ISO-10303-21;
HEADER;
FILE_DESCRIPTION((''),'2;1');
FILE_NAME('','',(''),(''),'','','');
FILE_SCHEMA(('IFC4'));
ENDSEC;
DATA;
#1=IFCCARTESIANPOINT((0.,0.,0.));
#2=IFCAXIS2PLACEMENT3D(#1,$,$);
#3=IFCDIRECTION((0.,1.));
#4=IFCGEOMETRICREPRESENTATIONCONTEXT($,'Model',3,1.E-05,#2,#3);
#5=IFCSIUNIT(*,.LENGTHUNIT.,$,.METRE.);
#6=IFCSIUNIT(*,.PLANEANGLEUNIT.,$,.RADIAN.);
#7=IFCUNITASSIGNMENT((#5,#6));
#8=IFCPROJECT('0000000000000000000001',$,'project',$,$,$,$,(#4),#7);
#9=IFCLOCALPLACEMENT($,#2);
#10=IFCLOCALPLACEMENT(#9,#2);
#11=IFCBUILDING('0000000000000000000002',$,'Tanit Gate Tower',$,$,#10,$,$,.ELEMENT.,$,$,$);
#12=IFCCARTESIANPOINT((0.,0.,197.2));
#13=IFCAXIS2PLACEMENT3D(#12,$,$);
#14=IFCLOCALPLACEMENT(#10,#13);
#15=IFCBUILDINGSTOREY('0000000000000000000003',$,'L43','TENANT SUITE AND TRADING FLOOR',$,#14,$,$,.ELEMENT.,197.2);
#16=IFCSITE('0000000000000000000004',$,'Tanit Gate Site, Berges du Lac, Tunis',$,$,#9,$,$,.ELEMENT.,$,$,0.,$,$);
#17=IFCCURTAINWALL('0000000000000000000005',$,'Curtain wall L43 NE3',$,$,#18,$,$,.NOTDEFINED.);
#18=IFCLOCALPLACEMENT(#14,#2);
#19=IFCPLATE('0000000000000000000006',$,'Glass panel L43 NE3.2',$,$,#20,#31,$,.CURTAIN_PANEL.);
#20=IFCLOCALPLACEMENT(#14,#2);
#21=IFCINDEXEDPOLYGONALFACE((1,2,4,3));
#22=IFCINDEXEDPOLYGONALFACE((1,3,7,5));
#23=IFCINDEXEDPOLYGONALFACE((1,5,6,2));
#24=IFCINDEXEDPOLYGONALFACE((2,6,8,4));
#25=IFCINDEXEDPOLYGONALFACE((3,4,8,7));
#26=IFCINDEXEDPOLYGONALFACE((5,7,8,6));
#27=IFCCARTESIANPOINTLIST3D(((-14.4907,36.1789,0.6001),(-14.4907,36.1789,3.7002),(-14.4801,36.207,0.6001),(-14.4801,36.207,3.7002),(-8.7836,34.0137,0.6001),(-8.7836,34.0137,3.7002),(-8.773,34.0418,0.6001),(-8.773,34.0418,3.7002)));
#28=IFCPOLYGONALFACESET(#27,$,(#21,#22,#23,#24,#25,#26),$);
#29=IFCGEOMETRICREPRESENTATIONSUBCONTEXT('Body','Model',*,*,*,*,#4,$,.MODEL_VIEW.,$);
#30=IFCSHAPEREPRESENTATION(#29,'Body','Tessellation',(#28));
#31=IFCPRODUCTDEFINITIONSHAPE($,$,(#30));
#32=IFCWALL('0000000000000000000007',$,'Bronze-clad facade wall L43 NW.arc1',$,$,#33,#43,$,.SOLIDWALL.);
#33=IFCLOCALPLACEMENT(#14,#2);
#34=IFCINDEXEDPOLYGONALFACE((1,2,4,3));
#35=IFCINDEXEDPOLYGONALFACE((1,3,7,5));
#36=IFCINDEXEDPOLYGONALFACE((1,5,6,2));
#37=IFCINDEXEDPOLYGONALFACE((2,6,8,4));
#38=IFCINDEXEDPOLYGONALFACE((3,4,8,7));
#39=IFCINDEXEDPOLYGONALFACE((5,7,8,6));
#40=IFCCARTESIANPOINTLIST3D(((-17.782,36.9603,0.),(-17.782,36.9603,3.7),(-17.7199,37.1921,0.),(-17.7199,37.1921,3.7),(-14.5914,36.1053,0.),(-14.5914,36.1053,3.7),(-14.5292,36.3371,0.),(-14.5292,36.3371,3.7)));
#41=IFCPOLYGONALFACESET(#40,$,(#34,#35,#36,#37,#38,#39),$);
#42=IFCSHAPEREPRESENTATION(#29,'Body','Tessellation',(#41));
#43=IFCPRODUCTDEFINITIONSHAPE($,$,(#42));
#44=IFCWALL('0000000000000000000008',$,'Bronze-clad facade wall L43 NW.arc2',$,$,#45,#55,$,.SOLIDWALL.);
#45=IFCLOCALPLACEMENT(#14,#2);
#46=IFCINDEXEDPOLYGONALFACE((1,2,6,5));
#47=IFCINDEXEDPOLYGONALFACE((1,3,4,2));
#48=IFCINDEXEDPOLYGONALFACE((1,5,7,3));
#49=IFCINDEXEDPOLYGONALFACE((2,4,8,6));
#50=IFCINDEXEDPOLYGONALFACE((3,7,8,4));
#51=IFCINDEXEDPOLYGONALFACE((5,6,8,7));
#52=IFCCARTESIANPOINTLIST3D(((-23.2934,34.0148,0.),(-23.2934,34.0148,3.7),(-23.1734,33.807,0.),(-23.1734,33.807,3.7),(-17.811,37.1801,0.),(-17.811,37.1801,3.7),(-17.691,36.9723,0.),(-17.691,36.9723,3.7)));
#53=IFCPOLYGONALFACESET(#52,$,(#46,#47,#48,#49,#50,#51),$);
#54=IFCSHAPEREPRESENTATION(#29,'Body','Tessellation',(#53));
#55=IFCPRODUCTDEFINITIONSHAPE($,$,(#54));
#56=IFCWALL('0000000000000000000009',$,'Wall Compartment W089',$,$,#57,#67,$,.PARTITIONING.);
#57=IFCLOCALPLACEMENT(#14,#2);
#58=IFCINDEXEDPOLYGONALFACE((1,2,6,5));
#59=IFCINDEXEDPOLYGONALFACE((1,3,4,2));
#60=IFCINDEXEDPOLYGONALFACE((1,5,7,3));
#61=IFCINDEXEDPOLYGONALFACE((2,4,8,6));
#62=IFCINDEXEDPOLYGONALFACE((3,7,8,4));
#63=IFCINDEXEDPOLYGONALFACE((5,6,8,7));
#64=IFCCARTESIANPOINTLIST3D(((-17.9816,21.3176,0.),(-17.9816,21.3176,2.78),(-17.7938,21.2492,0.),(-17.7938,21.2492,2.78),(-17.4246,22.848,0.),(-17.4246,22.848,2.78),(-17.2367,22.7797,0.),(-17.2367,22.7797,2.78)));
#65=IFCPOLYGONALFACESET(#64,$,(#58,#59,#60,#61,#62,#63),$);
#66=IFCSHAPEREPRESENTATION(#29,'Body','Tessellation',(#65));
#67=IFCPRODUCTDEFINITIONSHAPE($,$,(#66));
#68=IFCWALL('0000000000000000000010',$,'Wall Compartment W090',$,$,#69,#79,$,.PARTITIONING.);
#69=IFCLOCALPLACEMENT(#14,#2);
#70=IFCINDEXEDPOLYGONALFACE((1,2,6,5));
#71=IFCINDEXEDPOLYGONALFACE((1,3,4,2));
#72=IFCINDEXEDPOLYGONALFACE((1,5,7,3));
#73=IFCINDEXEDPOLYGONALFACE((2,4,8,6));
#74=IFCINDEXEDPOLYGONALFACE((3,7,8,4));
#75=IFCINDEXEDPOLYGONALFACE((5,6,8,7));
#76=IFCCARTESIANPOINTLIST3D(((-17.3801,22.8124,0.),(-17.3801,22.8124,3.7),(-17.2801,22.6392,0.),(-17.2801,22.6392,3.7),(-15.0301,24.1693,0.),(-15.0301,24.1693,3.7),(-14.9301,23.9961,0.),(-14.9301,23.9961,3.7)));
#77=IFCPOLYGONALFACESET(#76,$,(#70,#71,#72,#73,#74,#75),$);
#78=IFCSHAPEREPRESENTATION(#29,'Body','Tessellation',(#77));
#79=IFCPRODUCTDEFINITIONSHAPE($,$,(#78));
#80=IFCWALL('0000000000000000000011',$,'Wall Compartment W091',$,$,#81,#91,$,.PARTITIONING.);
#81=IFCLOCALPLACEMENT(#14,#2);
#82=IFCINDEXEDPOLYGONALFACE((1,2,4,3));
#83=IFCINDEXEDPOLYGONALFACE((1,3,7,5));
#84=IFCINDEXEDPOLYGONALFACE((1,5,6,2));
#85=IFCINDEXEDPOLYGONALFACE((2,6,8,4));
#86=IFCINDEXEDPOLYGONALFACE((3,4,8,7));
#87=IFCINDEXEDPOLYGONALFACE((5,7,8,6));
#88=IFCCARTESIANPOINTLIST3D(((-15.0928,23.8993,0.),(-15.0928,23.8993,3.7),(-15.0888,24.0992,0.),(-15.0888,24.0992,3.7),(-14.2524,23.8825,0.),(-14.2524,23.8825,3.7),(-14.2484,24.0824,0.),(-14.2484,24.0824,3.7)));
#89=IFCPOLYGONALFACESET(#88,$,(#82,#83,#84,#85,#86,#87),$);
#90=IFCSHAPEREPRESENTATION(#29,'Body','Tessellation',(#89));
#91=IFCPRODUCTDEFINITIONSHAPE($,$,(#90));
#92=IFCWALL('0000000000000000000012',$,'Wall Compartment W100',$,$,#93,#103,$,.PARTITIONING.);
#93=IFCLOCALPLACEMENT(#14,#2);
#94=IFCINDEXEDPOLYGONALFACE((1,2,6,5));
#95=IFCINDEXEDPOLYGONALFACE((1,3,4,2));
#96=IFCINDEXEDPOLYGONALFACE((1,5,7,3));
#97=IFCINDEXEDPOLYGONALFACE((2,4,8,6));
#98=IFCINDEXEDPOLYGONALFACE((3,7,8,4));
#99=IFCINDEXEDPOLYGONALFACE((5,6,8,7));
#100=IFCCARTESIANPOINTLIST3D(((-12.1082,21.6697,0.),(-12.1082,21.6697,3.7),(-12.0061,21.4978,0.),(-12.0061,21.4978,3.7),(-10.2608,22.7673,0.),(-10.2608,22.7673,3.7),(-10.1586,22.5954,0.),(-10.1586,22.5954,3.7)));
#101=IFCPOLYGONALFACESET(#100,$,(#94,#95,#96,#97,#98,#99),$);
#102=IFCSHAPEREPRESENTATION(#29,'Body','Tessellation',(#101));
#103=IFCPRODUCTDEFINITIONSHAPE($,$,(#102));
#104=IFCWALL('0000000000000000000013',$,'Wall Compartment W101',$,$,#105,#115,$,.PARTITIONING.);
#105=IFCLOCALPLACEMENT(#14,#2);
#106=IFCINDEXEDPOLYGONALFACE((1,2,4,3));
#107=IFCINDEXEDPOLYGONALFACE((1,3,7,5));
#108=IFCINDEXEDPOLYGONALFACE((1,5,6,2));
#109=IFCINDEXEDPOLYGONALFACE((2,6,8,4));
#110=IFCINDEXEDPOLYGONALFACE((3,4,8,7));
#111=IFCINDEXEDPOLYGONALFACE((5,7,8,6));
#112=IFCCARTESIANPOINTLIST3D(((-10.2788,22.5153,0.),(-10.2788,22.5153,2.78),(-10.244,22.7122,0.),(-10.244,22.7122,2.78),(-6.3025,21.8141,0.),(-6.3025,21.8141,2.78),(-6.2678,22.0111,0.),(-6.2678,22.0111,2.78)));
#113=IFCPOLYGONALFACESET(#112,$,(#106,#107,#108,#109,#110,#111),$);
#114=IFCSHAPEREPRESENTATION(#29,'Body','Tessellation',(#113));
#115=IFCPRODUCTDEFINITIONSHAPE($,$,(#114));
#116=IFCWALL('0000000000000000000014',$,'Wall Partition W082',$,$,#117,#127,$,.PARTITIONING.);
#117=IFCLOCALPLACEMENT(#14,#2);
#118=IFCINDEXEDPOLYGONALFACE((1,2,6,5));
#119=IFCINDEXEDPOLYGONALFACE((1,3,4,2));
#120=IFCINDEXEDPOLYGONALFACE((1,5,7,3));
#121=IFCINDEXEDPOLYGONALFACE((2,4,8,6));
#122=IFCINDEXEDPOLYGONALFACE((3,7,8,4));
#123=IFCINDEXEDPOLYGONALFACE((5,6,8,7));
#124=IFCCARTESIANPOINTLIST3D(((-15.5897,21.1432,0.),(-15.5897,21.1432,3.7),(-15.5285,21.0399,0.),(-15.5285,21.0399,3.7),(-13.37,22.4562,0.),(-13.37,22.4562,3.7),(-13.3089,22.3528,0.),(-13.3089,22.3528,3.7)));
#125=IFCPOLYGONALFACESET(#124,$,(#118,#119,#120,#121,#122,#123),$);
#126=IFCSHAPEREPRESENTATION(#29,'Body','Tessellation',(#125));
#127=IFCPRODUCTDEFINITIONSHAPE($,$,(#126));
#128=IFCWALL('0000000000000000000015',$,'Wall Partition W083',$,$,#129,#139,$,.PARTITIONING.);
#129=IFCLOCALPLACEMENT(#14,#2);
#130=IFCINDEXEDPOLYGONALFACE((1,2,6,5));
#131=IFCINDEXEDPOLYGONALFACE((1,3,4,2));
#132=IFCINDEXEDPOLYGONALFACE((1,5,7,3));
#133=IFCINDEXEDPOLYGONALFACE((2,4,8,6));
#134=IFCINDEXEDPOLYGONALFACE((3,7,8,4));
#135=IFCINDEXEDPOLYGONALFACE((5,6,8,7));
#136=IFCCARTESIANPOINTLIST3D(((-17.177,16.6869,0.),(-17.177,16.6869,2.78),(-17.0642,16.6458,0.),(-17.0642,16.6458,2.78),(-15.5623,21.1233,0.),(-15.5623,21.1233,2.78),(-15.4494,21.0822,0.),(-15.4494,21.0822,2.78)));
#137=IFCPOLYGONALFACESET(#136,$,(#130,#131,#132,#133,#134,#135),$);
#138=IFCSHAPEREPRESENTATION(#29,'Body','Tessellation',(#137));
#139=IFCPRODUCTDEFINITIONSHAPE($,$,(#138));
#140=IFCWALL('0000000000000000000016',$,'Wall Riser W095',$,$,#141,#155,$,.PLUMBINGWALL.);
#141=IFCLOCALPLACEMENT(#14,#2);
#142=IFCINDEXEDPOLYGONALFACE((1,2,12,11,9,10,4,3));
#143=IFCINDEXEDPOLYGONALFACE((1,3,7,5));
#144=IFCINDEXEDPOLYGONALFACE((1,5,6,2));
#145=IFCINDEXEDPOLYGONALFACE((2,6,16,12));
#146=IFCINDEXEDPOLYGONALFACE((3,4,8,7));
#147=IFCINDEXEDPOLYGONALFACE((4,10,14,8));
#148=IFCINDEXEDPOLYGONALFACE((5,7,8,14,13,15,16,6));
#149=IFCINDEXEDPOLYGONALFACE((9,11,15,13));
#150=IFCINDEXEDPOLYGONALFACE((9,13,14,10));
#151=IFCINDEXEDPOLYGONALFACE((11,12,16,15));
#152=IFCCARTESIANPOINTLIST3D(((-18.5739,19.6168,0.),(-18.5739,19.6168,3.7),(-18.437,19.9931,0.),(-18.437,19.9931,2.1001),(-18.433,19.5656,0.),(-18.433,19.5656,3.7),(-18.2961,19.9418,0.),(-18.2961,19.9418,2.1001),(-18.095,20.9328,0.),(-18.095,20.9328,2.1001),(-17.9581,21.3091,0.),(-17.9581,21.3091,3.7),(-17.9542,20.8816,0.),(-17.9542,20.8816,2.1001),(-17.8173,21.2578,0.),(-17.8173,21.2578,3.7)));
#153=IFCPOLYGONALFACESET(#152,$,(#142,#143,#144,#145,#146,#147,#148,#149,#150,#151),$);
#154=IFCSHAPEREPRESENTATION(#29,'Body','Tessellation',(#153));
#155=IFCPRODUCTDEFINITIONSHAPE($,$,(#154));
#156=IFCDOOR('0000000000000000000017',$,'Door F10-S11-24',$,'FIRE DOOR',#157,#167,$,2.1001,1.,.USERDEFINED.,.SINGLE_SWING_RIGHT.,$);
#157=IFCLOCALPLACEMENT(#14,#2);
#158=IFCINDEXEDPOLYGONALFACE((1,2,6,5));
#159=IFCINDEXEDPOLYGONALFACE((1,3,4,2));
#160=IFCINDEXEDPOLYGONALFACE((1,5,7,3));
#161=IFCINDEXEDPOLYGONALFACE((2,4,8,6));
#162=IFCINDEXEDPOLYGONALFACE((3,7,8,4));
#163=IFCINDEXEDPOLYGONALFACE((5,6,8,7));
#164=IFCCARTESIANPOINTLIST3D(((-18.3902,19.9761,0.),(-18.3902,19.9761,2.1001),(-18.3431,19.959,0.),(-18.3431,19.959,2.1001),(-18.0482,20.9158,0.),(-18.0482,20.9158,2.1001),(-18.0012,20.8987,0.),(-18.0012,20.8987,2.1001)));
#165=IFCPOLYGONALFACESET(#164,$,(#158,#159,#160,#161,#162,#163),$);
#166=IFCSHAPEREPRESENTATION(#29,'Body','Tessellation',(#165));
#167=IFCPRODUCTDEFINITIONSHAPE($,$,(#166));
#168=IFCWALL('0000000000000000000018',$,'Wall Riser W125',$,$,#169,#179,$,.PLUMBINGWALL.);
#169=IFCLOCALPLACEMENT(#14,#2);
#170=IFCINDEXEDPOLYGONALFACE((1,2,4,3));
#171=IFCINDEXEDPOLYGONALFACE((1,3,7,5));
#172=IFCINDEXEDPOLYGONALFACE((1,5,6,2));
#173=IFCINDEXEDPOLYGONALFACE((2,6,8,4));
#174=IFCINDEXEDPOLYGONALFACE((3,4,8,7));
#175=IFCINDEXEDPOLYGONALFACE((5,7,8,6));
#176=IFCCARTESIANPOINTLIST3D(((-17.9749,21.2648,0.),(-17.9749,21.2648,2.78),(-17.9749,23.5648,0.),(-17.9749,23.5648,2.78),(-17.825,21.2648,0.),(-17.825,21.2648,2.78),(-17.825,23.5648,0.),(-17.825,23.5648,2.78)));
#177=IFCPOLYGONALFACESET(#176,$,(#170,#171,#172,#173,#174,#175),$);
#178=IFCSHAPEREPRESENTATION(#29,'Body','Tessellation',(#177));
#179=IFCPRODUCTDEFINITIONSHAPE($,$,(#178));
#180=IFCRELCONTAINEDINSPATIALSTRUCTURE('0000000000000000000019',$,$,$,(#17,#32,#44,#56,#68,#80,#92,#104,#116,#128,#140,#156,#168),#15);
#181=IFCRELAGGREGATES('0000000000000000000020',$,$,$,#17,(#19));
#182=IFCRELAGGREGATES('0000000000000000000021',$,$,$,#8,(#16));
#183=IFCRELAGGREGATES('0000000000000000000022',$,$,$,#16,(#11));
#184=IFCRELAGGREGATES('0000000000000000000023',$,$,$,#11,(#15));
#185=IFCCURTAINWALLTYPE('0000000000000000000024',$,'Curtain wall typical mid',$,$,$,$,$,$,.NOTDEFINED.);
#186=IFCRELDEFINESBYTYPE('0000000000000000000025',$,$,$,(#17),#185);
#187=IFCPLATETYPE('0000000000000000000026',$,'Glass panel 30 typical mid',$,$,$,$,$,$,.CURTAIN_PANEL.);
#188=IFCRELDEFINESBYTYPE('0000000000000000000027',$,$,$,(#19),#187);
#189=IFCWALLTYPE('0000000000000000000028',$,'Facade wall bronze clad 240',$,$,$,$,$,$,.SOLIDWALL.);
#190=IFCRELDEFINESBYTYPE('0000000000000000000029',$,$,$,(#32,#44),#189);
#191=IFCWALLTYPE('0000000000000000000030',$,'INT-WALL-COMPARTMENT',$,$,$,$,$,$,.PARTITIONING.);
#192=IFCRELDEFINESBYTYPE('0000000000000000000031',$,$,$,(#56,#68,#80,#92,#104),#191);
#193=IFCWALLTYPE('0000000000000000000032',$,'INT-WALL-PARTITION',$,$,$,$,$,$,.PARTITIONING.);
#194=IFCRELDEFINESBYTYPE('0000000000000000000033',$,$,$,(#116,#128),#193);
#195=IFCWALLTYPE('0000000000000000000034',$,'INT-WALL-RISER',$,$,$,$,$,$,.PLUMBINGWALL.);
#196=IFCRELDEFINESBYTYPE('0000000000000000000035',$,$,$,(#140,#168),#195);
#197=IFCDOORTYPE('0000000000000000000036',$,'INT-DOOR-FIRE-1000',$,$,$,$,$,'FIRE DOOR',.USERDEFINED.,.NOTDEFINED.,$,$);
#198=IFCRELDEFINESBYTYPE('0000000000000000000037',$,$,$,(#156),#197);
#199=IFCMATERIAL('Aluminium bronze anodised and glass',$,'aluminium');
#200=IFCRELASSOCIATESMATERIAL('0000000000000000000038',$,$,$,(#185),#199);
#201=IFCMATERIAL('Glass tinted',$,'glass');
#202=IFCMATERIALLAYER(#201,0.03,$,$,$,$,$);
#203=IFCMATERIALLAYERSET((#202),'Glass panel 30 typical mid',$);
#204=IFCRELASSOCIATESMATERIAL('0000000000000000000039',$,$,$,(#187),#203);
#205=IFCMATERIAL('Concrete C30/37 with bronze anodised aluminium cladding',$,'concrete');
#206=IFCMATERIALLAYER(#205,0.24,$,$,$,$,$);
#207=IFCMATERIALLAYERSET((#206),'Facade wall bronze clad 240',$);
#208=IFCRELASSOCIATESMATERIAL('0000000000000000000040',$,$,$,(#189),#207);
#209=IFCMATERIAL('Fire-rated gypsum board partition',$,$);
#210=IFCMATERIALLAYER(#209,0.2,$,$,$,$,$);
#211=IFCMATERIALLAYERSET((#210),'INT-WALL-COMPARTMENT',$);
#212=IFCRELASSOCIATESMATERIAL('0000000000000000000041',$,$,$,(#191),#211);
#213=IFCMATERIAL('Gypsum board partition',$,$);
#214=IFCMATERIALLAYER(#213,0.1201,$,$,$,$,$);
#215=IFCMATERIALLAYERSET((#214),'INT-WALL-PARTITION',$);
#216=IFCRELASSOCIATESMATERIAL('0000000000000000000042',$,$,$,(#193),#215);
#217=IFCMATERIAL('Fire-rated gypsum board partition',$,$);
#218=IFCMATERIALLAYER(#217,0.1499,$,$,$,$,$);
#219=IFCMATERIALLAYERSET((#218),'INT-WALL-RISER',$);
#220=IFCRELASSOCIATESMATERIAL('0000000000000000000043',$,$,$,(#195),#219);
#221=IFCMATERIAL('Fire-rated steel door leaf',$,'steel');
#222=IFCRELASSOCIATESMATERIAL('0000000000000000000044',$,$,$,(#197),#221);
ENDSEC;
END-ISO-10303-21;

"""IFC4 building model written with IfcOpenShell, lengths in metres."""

from ifc_helpers import new_model, si_unit, direction, frame, frame_2d, origin, origin_2d, place, context, subcontext, project, spatial, rectangle, extrude, material, layer, layer_set, type_object, element, fill, aggregate, save


model = new_model("IFC4")

# Units and contexts
model_context = context("Model", 3, precision=1e-05, world=origin(), true_north=direction((0.0, 1.0)))
body_context = subcontext(model_context, "Body", "Model", "MODEL_VIEW")
ifc_project = project(units=[si_unit("LENGTHUNIT", "METRE"), si_unit("PLANEANGLEUNIT", "RADIAN")], contexts=[model_context])

# Site, building, storey
site_placement = place(None, origin())
site = spatial("IfcSite", under=ifc_project, at=site_placement, Name="Tanit Gate Site, Berges du Lac, Tunis", CompositionType="ELEMENT", RefElevation=0.0)
building_placement = place(site_placement, origin())
building = spatial("IfcBuilding", under=site, at=building_placement, Name="Tanit Gate Tower", CompositionType="ELEMENT")
storey_placement = place(building_placement, frame((0.0, 0.0, 197.2)))
storey = spatial("IfcBuildingStorey", under=building, at=storey_placement, Name="L43", Description="TENANT SUITE AND TRADING FLOOR", CompositionType="ELEMENT", Elevation=197.2)

# Curtain wall
ifc_material_1 = material(Name="Aluminium bronze anodised and glass", Category="aluminium")
curtain_wall_type = type_object("IfcCurtainWallType", Name="Curtain wall typical mid", PredefinedType="NOTDEFINED", material=ifc_material_1)
curtain_wall_placement = place(storey_placement, origin())
curtain_wall = element("IfcCurtainWall", 1, at=curtain_wall_placement, inside=storey, type_object=curtain_wall_type, Name="Curtain wall L43 NE3", PredefinedType="NOTDEFINED")

# Plate
ifc_material_2 = material(Name="Glass tinted", Category="glass")
ifc_layer_1 = layer(ifc_material_2, 0.03)
ifc_layer_set_1 = layer_set([ifc_layer_1], Name="Glass panel 30 typical mid")
plate_type = type_object("IfcPlateType", Name="Glass panel 30 typical mid", PredefinedType="CURTAIN_PANEL", material=ifc_layer_set_1)
plate_1_placement = place(storey_placement, frame((-11.6318, 35.1104, 0.6001), z_axis=(0.0, 0.0, 1.0), x_axis=(-0.934976, 0.35471, 0.0)))
plate_1 = element("IfcPlate", 2, at=plate_1_placement, type_object=plate_type, Name="Glass panel L43 NE3.2", PredefinedType="CURTAIN_PANEL", context=body_context, shape_type="SweptSolid", body=[
    extrude(rectangle(XDim=6.104, YDim=0.03, at=origin_2d()), origin(), (0.0, 0.0, 1.0), 3.1001),
])
aggregate(curtain_wall, [plate_1])

# Walls
ifc_material_3 = material(Name="Concrete C30/37 with bronze anodised aluminium cladding", Category="concrete")
ifc_layer_2 = layer(ifc_material_3, 0.24)
ifc_layer_set_2 = layer_set([ifc_layer_2], Name="Facade wall bronze clad 240")
wall_type_1 = type_object("IfcWallType", Name="Facade wall bronze clad 240", PredefinedType="SOLIDWALL", material=ifc_layer_set_2)
wall_1_placement = place(storey_placement, frame((-14.5603, 36.2212, 0.0), z_axis=(0.0, 0.0, 1.0), x_axis=(-0.965923, 0.258831, 0.0)))
element("IfcWall", 3, at=wall_1_placement, inside=storey, type_object=wall_type_1, Name="Bronze-clad facade wall L43 NW.arc1", PredefinedType="SOLIDWALL", context=body_context, shape_type="SweptSolid", body=[
    extrude(rectangle(XDim=3.3032, YDim=0.24, at=frame_2d((1.6516, 0.0))), origin(), (0.0, 0.0, 1.0), 3.7),
])
wall_2_placement = place(storey_placement, frame((-17.751, 37.0762, 0.0), z_axis=(0.0, 0.0, 1.0), x_axis=(-0.866025, -0.500001, 0.0)))
element("IfcWall", 4, at=wall_2_placement, inside=storey, type_object=wall_type_1, Name="Bronze-clad facade wall L43 NW.arc2", PredefinedType="SOLIDWALL", context=body_context, shape_type="SweptSolid", body=[
    extrude(rectangle(XDim=6.3306, YDim=0.24, at=frame_2d((3.1653, 0.0))), origin(), (0.0, 0.0, 1.0), 3.7),
])
ifc_material_4 = material(Name="Fire-rated gypsum board partition")
ifc_layer_3 = layer(ifc_material_4, 0.2)
ifc_layer_set_3 = layer_set([ifc_layer_3], Name="INT-WALL-COMPARTMENT")
wall_type_2 = type_object("IfcWallType", Name="INT-WALL-COMPARTMENT", PredefinedType="PARTITIONING", material=ifc_layer_set_3)
wall_3_placement = place(storey_placement, frame((-17.3306, 22.814, 0.0), z_axis=(0.0, 0.0, 1.0), x_axis=(-0.342056, -0.93968, 0.0)))
element("IfcWall", 5, at=wall_3_placement, inside=storey, type_object=wall_type_2, Name="Wall Compartment W089", PredefinedType="PARTITIONING", context=body_context, shape_type="SweptSolid", body=[
    extrude(rectangle(XDim=1.6287, YDim=0.2, at=frame_2d((0.8145, 0.0))), origin(), (0.0, 0.0, 1.0), 2.78),
])
wall_4_placement = place(storey_placement, frame((-14.98, 24.0828, 0.0), z_axis=(0.0, 0.0, 1.0), x_axis=(-0.866009, -0.500029, 0.0)))
element("IfcWall", 6, at=wall_4_placement, inside=storey, type_object=wall_type_2, Name="Wall Compartment W090", PredefinedType="PARTITIONING", context=body_context, shape_type="SweptSolid", body=[
    extrude(rectangle(XDim=2.7136, YDim=0.2, at=frame_2d((1.3569, 0.0))), origin(), (0.0, 0.0, 1.0), 3.7),
])
wall_5_placement = place(storey_placement, frame((-14.2502, 23.9824, 0.0), z_axis=(0.0, 0.0, 1.0), x_axis=(-0.999799, 0.020042, 0.0)))
element("IfcWall", 7, at=wall_5_placement, inside=storey, type_object=wall_type_2, Name="Wall Compartment W091", PredefinedType="PARTITIONING", context=body_context, shape_type="SweptSolid", body=[
    extrude(rectangle(XDim=0.8406, YDim=0.2, at=frame_2d((0.4204, 0.0))), origin(), (0.0, 0.0, 1.0), 3.7),
])
wall_6_placement = place(storey_placement, frame((-10.2097, 22.6814, 0.0), z_axis=(0.0, 0.0, 1.0), x_axis=(-0.8597, -0.510799, 0.0)))
element("IfcWall", 8, at=wall_6_placement, inside=storey, type_object=wall_type_2, Name="Wall Compartment W100", PredefinedType="PARTITIONING", context=body_context, shape_type="SweptSolid", body=[
    extrude(rectangle(XDim=2.1489, YDim=0.2, at=frame_2d((1.0745, 0.0))), origin(), (0.0, 0.0, 1.0), 3.7),
])
wall_7_placement = place(storey_placement, frame((-6.2852, 21.9126, 0.0), z_axis=(0.0, 0.0, 1.0), x_axis=(-0.984806, 0.173658, 0.0)))
element("IfcWall", 9, at=wall_7_placement, inside=storey, type_object=wall_type_2, Name="Wall Compartment W101", PredefinedType="PARTITIONING", context=body_context, shape_type="SweptSolid", body=[
    extrude(rectangle(XDim=4.0376, YDim=0.2, at=frame_2d((2.0188, 0.0))), origin(), (0.0, 0.0, 1.0), 2.78),
])
ifc_material_5 = material(Name="Gypsum board partition")
ifc_layer_4 = layer(ifc_material_5, 0.1201)
ifc_layer_set_4 = layer_set([ifc_layer_4], Name="INT-WALL-PARTITION")
wall_type_3 = type_object("IfcWallType", Name="INT-WALL-PARTITION", PredefinedType="PARTITIONING", material=ifc_layer_set_4)
wall_8_placement = place(storey_placement, frame((-13.3394, 22.4045, 0.0), z_axis=(0.0, 0.0, 1.0), x_axis=(-0.8607, -0.509112, 0.0)))
element("IfcWall", 10, at=wall_8_placement, inside=storey, type_object=wall_type_3, Name="Wall Partition W082", PredefinedType="PARTITIONING", context=body_context, shape_type="SweptSolid", body=[
    extrude(rectangle(XDim=2.5789, YDim=0.1201, at=frame_2d((1.2896, 0.0))), origin(), (0.0, 0.0, 1.0), 3.7),
])
wall_9_placement = place(storey_placement, frame((-15.5059, 21.1028, 0.0), z_axis=(0.0, 0.0, 1.0), x_axis=(-0.342017, -0.939694, 0.0)))
element("IfcWall", 11, at=wall_9_placement, inside=storey, type_object=wall_type_3, Name="Wall Partition W083", PredefinedType="PARTITIONING", context=body_context, shape_type="SweptSolid", body=[
    extrude(rectangle(XDim=4.7212, YDim=0.1201, at=frame_2d((2.3606, 0.0))), origin(), (0.0, 0.0, 1.0), 2.78),
])

# Wall, opening, door
ifc_material_6 = material(Name="Fire-rated gypsum board partition")
ifc_layer_5 = layer(ifc_material_6, 0.1499)
ifc_layer_set_5 = layer_set([ifc_layer_5], Name="INT-WALL-RISER")
wall_type_4 = type_object("IfcWallType", Name="INT-WALL-RISER", PredefinedType="PLUMBINGWALL", material=ifc_layer_set_5)
wall_10_placement = place(storey_placement, frame((-17.8877, 21.2834, 0.0), z_axis=(0.0, 0.0, 1.0), x_axis=(-0.341939, -0.939722, 0.0)))
wall_10 = element("IfcWall", 12, at=wall_10_placement, inside=storey, type_object=wall_type_4, Name="Wall Riser W095", PredefinedType="PLUMBINGWALL", context=body_context, shape_type="SweptSolid", body=[
    extrude(rectangle(XDim=1.8008, YDim=0.1499, at=frame_2d((0.9004, 0.0))), origin(), (0.0, 0.0, 1.0), 3.7),
])
opening_placement = place(wall_10_placement, frame((0.4004, 0.0, 0.0)))
opening = element("IfcOpeningElement", 13, at=opening_placement, cuts=wall_10, PredefinedType="OPENING", context=body_context, shape_type="SweptSolid", body=[
    extrude(rectangle(XDim=1.0, YDim=2.1001, at=frame_2d((0.5, 1.05))), frame((0.0, 0.085, 0.0), z_axis=(0.0, -1.0, 0.0), x_axis=(1.0, 0.0, 0.0)), (0.0, 0.0, 1.0), 0.1699),
])
ifc_material_7 = material(Name="Fire-rated steel door leaf", Category="steel")
door_type = type_object("IfcDoorType", Name="INT-DOOR-FIRE-1000", ElementType="FIRE DOOR", OperationType="NOTDEFINED", PredefinedType="USERDEFINED", material=ifc_material_7)
door_placement = place(opening_placement, origin())
door = element("IfcDoor", 14, at=door_placement, inside=storey, type_object=door_type, Name="Door F10-S11-24", ObjectType="FIRE DOOR", OperationType="SINGLE_SWING_RIGHT", OverallHeight=2.1001, OverallWidth=1.0, PredefinedType="USERDEFINED", context=body_context, shape_type="SweptSolid", body=[
    extrude(rectangle(XDim=1.0, YDim=2.1001, at=frame_2d((0.5, 1.05))), frame((0.0, 0.0249, 0.0), z_axis=(0.0, -1.0, 0.0), x_axis=(1.0, 0.0, 0.0)), (0.0, 0.0, 1.0), 0.05),
])
fill(opening, door)

# Wall
wall_11_placement = place(storey_placement, frame((-17.8999, 21.2649, 0.0), z_axis=(0.0, 0.0, 1.0), x_axis=(0.0, 1.0, 0.0)))
element("IfcWall", 15, at=wall_11_placement, inside=storey, type_object=wall_type_4, Name="Wall Riser W125", PredefinedType="PLUMBINGWALL", context=body_context, shape_type="SweptSolid", body=[
    extrude(rectangle(XDim=2.3, YDim=0.1499, at=frame_2d((1.1499, 0.0))), origin(), (0.0, 0.0, 1.0), 2.78),
])

save(model, "model.ifc")
